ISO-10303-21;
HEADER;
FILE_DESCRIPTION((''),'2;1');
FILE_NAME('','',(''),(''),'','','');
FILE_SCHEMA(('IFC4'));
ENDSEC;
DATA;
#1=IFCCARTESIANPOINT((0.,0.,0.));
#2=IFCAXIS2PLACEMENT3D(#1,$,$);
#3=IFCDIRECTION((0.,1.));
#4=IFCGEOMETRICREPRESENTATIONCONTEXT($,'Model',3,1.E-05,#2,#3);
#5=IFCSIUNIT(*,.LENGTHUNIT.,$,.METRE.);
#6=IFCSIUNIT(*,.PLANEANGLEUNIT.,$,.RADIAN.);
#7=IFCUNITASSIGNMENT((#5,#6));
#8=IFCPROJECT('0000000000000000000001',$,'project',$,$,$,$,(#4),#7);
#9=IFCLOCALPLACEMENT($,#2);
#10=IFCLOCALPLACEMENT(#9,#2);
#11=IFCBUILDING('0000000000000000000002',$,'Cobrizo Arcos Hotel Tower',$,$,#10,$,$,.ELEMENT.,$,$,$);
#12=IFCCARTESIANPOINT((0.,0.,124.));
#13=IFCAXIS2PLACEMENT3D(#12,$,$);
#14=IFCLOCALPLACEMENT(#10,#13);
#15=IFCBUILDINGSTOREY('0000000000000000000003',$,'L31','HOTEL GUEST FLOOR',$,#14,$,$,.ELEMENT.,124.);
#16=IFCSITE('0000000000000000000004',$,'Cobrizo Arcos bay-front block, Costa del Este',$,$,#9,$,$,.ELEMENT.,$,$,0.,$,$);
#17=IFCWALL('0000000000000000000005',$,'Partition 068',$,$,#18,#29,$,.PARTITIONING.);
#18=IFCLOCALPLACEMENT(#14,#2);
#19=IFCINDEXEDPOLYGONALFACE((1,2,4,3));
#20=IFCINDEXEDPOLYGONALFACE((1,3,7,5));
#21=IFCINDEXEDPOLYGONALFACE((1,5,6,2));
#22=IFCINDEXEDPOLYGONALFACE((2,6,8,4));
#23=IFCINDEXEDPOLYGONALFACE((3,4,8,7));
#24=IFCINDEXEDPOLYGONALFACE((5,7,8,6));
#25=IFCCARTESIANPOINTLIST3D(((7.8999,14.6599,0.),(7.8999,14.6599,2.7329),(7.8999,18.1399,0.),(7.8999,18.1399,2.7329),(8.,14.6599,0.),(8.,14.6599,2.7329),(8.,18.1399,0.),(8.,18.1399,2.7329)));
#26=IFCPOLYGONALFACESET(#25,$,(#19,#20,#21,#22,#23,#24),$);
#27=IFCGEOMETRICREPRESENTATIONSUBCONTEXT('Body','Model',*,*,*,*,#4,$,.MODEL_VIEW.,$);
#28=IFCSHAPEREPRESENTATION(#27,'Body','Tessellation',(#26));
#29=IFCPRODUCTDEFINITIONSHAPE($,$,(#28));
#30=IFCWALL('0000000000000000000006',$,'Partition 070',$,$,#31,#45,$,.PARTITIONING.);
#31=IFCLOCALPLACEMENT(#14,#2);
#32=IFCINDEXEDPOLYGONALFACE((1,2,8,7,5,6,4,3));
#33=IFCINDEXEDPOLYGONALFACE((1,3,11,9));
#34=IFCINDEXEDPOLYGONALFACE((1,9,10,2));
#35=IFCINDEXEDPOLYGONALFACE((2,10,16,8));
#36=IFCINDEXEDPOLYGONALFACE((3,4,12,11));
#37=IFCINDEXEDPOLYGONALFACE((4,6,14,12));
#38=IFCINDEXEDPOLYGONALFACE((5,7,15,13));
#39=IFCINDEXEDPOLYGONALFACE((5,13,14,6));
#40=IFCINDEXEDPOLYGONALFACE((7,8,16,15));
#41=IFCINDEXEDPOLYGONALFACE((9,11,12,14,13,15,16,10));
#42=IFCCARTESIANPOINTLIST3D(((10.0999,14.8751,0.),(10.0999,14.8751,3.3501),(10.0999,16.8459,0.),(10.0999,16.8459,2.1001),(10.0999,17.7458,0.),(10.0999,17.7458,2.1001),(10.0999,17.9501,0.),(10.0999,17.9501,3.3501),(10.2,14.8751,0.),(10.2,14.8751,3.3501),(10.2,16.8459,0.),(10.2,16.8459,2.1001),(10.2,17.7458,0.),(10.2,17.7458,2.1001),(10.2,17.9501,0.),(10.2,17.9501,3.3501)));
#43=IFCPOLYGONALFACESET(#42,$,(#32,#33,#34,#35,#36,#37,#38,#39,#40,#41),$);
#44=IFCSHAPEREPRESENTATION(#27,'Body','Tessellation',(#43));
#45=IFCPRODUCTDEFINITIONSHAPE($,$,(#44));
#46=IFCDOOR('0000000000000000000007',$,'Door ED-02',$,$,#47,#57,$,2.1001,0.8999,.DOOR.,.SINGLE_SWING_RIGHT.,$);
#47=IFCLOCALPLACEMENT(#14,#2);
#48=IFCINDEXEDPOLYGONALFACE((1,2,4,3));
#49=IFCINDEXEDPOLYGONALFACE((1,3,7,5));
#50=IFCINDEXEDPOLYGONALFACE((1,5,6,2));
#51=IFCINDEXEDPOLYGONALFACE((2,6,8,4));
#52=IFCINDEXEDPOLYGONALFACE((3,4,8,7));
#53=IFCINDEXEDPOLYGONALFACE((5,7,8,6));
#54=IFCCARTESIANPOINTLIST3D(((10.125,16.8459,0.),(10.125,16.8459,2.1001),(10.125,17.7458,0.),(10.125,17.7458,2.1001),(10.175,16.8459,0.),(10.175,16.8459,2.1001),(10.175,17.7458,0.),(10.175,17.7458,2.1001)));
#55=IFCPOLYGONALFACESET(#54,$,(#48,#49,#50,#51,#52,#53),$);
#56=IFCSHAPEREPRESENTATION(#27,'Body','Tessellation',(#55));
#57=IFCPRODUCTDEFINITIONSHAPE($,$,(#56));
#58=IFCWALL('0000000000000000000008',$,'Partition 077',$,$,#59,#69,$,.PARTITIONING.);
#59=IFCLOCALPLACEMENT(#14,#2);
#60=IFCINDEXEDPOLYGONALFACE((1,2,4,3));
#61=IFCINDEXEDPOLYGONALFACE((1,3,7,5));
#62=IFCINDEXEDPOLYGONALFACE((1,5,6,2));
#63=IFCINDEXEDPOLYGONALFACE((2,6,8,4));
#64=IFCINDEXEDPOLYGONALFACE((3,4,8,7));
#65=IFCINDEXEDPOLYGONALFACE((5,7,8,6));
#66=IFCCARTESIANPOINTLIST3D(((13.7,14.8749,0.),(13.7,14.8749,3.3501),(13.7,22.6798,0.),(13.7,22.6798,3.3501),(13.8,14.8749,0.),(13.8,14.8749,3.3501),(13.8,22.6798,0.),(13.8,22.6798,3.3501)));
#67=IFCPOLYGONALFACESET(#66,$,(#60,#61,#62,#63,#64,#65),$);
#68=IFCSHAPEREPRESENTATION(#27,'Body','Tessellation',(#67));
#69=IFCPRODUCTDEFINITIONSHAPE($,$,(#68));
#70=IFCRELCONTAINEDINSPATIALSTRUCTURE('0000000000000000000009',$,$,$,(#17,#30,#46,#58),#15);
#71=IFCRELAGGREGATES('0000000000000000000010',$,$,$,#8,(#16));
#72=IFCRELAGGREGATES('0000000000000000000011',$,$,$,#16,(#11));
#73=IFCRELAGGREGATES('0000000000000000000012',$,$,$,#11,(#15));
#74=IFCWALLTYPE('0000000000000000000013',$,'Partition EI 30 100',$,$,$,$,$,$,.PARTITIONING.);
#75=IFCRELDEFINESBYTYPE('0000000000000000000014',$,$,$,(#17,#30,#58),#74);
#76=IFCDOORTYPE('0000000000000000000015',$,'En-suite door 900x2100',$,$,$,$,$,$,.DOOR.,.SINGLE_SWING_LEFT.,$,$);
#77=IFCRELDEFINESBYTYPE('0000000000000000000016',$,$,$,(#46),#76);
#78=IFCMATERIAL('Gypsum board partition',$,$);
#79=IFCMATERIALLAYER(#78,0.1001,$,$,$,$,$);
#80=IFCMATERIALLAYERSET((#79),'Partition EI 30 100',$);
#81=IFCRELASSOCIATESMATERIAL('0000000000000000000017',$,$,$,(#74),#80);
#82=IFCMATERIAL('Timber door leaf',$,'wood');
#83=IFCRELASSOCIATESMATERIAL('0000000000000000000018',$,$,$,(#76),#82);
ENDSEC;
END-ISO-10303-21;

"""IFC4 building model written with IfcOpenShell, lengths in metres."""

from ifc_helpers import new_model, si_unit, direction, frame, frame_2d, origin, place, context, subcontext, project, spatial, rectangle, extrude, material, layer, layer_set, type_object, element, fill, save


model = new_model("IFC4")

# Units and contexts
model_context = context("Model", 3, precision=1e-05, world=origin(), true_north=direction((0.0, 1.0)))
body_context = subcontext(model_context, "Body", "Model", "MODEL_VIEW")
ifc_project = project(units=[si_unit("LENGTHUNIT", "METRE"), si_unit("PLANEANGLEUNIT", "RADIAN")], contexts=[model_context])

# Site, building, storey
site_placement = place(None, origin())
site = spatial("IfcSite", under=ifc_project, at=site_placement, Name="Cobrizo Arcos bay-front block, Costa del Este", CompositionType="ELEMENT", RefElevation=0.0)
building_placement = place(site_placement, origin())
building = spatial("IfcBuilding", under=site, at=building_placement, Name="Cobrizo Arcos Hotel Tower", CompositionType="ELEMENT")
storey_placement = place(building_placement, frame((0.0, 0.0, 124.0)))
storey = spatial("IfcBuildingStorey", under=building, at=storey_placement, Name="L31", Description="HOTEL GUEST FLOOR", CompositionType="ELEMENT", Elevation=124.0)

# Shared definitions
ifc_material_1 = material(Name="Gypsum board partition")
ifc_material_2 = material(Name="Timber door leaf", Category="wood")

# Wall
ifc_layer_1 = layer(ifc_material_1, 0.1001)
ifc_layer_set_1 = layer_set([ifc_layer_1], Name="Partition EI 30 100")
wall_type_1 = type_object("IfcWallType", Name="Partition EI 30 100", PredefinedType="PARTITIONING", material=ifc_layer_set_1)
wall_1_placement = place(storey_placement, frame((7.95, 14.6599, 0.0), z_axis=(0.0, 0.0, 1.0), x_axis=(0.0, 1.0, 0.0)))
element("IfcWall", 1, at=wall_1_placement, inside=storey, type_object=wall_type_1, Name="Partition 068", PredefinedType="PARTITIONING", context=body_context, shape_type="SweptSolid", body=[
    extrude(rectangle(XDim=3.48, YDim=0.1001, at=frame_2d((1.74, 0.0))), origin(), (0.0, 0.0, 1.0), 2.7329),
])

# Wall, opening, door
wall_2_placement = place(storey_placement, frame((10.1499, 14.875, 0.0), z_axis=(0.0, 0.0, 1.0), x_axis=(0.0, 1.0, 0.0)))
wall_2 = element("IfcWall", 2, at=wall_2_placement, inside=storey, type_object=wall_type_1, Name="Partition 070", PredefinedType="PARTITIONING", context=body_context, shape_type="SweptSolid", body=[
    extrude(rectangle(XDim=3.075, YDim=0.1001, at=frame_2d((1.5376, 0.0))), origin(), (0.0, 0.0, 1.0), 3.3501),
])
opening_1_placement = place(wall_2_placement, frame((1.9709, 0.0, 0.0)))
opening_1 = element("IfcOpeningElement", 3, at=opening_1_placement, cuts=wall_2, PredefinedType="OPENING", context=body_context, shape_type="SweptSolid", body=[
    extrude(rectangle(XDim=0.8999, YDim=2.1001, at=frame_2d((0.45, 1.05))), frame((0.0, 0.062, 0.0), z_axis=(0.0, -1.0, 0.0), x_axis=(1.0, 0.0, 0.0)), (0.0, 0.0, 1.0), 0.124),
])
door_type_1 = type_object("IfcDoorType", Name="En-suite door 900x2100", OperationType="SINGLE_SWING_LEFT", PredefinedType="DOOR", material=ifc_material_2)
door_1_placement = place(opening_1_placement, origin())
door_1 = element("IfcDoor", 4, at=door_1_placement, inside=storey, type_object=door_type_1, Name="Door ED-02", OperationType="SINGLE_SWING_RIGHT", OverallHeight=2.1001, OverallWidth=0.8999, PredefinedType="DOOR", context=body_context, shape_type="SweptSolid", body=[
    extrude(rectangle(XDim=0.8999, YDim=2.1001, at=frame_2d((0.45, 1.05))), frame((0.0, 0.0249, 0.0), z_axis=(0.0, -1.0, 0.0), x_axis=(1.0, 0.0, 0.0)), (0.0, 0.0, 1.0), 0.05),
])
fill(opening_1, door_1)

# Wall
wall_3_placement = place(storey_placement, frame((13.75, 14.875, 0.0), z_axis=(0.0, 0.0, 1.0), x_axis=(0.0, 1.0, 0.0)))
element("IfcWall", 5, at=wall_3_placement, inside=storey, type_object=wall_type_1, Name="Partition 077", PredefinedType="PARTITIONING", context=body_context, shape_type="SweptSolid", body=[
    extrude(rectangle(XDim=7.8049, YDim=0.1001, at=frame_2d((3.9023, 0.0))), origin(), (0.0, 0.0, 1.0), 3.3501),
])

save(model, "model.ifc")
